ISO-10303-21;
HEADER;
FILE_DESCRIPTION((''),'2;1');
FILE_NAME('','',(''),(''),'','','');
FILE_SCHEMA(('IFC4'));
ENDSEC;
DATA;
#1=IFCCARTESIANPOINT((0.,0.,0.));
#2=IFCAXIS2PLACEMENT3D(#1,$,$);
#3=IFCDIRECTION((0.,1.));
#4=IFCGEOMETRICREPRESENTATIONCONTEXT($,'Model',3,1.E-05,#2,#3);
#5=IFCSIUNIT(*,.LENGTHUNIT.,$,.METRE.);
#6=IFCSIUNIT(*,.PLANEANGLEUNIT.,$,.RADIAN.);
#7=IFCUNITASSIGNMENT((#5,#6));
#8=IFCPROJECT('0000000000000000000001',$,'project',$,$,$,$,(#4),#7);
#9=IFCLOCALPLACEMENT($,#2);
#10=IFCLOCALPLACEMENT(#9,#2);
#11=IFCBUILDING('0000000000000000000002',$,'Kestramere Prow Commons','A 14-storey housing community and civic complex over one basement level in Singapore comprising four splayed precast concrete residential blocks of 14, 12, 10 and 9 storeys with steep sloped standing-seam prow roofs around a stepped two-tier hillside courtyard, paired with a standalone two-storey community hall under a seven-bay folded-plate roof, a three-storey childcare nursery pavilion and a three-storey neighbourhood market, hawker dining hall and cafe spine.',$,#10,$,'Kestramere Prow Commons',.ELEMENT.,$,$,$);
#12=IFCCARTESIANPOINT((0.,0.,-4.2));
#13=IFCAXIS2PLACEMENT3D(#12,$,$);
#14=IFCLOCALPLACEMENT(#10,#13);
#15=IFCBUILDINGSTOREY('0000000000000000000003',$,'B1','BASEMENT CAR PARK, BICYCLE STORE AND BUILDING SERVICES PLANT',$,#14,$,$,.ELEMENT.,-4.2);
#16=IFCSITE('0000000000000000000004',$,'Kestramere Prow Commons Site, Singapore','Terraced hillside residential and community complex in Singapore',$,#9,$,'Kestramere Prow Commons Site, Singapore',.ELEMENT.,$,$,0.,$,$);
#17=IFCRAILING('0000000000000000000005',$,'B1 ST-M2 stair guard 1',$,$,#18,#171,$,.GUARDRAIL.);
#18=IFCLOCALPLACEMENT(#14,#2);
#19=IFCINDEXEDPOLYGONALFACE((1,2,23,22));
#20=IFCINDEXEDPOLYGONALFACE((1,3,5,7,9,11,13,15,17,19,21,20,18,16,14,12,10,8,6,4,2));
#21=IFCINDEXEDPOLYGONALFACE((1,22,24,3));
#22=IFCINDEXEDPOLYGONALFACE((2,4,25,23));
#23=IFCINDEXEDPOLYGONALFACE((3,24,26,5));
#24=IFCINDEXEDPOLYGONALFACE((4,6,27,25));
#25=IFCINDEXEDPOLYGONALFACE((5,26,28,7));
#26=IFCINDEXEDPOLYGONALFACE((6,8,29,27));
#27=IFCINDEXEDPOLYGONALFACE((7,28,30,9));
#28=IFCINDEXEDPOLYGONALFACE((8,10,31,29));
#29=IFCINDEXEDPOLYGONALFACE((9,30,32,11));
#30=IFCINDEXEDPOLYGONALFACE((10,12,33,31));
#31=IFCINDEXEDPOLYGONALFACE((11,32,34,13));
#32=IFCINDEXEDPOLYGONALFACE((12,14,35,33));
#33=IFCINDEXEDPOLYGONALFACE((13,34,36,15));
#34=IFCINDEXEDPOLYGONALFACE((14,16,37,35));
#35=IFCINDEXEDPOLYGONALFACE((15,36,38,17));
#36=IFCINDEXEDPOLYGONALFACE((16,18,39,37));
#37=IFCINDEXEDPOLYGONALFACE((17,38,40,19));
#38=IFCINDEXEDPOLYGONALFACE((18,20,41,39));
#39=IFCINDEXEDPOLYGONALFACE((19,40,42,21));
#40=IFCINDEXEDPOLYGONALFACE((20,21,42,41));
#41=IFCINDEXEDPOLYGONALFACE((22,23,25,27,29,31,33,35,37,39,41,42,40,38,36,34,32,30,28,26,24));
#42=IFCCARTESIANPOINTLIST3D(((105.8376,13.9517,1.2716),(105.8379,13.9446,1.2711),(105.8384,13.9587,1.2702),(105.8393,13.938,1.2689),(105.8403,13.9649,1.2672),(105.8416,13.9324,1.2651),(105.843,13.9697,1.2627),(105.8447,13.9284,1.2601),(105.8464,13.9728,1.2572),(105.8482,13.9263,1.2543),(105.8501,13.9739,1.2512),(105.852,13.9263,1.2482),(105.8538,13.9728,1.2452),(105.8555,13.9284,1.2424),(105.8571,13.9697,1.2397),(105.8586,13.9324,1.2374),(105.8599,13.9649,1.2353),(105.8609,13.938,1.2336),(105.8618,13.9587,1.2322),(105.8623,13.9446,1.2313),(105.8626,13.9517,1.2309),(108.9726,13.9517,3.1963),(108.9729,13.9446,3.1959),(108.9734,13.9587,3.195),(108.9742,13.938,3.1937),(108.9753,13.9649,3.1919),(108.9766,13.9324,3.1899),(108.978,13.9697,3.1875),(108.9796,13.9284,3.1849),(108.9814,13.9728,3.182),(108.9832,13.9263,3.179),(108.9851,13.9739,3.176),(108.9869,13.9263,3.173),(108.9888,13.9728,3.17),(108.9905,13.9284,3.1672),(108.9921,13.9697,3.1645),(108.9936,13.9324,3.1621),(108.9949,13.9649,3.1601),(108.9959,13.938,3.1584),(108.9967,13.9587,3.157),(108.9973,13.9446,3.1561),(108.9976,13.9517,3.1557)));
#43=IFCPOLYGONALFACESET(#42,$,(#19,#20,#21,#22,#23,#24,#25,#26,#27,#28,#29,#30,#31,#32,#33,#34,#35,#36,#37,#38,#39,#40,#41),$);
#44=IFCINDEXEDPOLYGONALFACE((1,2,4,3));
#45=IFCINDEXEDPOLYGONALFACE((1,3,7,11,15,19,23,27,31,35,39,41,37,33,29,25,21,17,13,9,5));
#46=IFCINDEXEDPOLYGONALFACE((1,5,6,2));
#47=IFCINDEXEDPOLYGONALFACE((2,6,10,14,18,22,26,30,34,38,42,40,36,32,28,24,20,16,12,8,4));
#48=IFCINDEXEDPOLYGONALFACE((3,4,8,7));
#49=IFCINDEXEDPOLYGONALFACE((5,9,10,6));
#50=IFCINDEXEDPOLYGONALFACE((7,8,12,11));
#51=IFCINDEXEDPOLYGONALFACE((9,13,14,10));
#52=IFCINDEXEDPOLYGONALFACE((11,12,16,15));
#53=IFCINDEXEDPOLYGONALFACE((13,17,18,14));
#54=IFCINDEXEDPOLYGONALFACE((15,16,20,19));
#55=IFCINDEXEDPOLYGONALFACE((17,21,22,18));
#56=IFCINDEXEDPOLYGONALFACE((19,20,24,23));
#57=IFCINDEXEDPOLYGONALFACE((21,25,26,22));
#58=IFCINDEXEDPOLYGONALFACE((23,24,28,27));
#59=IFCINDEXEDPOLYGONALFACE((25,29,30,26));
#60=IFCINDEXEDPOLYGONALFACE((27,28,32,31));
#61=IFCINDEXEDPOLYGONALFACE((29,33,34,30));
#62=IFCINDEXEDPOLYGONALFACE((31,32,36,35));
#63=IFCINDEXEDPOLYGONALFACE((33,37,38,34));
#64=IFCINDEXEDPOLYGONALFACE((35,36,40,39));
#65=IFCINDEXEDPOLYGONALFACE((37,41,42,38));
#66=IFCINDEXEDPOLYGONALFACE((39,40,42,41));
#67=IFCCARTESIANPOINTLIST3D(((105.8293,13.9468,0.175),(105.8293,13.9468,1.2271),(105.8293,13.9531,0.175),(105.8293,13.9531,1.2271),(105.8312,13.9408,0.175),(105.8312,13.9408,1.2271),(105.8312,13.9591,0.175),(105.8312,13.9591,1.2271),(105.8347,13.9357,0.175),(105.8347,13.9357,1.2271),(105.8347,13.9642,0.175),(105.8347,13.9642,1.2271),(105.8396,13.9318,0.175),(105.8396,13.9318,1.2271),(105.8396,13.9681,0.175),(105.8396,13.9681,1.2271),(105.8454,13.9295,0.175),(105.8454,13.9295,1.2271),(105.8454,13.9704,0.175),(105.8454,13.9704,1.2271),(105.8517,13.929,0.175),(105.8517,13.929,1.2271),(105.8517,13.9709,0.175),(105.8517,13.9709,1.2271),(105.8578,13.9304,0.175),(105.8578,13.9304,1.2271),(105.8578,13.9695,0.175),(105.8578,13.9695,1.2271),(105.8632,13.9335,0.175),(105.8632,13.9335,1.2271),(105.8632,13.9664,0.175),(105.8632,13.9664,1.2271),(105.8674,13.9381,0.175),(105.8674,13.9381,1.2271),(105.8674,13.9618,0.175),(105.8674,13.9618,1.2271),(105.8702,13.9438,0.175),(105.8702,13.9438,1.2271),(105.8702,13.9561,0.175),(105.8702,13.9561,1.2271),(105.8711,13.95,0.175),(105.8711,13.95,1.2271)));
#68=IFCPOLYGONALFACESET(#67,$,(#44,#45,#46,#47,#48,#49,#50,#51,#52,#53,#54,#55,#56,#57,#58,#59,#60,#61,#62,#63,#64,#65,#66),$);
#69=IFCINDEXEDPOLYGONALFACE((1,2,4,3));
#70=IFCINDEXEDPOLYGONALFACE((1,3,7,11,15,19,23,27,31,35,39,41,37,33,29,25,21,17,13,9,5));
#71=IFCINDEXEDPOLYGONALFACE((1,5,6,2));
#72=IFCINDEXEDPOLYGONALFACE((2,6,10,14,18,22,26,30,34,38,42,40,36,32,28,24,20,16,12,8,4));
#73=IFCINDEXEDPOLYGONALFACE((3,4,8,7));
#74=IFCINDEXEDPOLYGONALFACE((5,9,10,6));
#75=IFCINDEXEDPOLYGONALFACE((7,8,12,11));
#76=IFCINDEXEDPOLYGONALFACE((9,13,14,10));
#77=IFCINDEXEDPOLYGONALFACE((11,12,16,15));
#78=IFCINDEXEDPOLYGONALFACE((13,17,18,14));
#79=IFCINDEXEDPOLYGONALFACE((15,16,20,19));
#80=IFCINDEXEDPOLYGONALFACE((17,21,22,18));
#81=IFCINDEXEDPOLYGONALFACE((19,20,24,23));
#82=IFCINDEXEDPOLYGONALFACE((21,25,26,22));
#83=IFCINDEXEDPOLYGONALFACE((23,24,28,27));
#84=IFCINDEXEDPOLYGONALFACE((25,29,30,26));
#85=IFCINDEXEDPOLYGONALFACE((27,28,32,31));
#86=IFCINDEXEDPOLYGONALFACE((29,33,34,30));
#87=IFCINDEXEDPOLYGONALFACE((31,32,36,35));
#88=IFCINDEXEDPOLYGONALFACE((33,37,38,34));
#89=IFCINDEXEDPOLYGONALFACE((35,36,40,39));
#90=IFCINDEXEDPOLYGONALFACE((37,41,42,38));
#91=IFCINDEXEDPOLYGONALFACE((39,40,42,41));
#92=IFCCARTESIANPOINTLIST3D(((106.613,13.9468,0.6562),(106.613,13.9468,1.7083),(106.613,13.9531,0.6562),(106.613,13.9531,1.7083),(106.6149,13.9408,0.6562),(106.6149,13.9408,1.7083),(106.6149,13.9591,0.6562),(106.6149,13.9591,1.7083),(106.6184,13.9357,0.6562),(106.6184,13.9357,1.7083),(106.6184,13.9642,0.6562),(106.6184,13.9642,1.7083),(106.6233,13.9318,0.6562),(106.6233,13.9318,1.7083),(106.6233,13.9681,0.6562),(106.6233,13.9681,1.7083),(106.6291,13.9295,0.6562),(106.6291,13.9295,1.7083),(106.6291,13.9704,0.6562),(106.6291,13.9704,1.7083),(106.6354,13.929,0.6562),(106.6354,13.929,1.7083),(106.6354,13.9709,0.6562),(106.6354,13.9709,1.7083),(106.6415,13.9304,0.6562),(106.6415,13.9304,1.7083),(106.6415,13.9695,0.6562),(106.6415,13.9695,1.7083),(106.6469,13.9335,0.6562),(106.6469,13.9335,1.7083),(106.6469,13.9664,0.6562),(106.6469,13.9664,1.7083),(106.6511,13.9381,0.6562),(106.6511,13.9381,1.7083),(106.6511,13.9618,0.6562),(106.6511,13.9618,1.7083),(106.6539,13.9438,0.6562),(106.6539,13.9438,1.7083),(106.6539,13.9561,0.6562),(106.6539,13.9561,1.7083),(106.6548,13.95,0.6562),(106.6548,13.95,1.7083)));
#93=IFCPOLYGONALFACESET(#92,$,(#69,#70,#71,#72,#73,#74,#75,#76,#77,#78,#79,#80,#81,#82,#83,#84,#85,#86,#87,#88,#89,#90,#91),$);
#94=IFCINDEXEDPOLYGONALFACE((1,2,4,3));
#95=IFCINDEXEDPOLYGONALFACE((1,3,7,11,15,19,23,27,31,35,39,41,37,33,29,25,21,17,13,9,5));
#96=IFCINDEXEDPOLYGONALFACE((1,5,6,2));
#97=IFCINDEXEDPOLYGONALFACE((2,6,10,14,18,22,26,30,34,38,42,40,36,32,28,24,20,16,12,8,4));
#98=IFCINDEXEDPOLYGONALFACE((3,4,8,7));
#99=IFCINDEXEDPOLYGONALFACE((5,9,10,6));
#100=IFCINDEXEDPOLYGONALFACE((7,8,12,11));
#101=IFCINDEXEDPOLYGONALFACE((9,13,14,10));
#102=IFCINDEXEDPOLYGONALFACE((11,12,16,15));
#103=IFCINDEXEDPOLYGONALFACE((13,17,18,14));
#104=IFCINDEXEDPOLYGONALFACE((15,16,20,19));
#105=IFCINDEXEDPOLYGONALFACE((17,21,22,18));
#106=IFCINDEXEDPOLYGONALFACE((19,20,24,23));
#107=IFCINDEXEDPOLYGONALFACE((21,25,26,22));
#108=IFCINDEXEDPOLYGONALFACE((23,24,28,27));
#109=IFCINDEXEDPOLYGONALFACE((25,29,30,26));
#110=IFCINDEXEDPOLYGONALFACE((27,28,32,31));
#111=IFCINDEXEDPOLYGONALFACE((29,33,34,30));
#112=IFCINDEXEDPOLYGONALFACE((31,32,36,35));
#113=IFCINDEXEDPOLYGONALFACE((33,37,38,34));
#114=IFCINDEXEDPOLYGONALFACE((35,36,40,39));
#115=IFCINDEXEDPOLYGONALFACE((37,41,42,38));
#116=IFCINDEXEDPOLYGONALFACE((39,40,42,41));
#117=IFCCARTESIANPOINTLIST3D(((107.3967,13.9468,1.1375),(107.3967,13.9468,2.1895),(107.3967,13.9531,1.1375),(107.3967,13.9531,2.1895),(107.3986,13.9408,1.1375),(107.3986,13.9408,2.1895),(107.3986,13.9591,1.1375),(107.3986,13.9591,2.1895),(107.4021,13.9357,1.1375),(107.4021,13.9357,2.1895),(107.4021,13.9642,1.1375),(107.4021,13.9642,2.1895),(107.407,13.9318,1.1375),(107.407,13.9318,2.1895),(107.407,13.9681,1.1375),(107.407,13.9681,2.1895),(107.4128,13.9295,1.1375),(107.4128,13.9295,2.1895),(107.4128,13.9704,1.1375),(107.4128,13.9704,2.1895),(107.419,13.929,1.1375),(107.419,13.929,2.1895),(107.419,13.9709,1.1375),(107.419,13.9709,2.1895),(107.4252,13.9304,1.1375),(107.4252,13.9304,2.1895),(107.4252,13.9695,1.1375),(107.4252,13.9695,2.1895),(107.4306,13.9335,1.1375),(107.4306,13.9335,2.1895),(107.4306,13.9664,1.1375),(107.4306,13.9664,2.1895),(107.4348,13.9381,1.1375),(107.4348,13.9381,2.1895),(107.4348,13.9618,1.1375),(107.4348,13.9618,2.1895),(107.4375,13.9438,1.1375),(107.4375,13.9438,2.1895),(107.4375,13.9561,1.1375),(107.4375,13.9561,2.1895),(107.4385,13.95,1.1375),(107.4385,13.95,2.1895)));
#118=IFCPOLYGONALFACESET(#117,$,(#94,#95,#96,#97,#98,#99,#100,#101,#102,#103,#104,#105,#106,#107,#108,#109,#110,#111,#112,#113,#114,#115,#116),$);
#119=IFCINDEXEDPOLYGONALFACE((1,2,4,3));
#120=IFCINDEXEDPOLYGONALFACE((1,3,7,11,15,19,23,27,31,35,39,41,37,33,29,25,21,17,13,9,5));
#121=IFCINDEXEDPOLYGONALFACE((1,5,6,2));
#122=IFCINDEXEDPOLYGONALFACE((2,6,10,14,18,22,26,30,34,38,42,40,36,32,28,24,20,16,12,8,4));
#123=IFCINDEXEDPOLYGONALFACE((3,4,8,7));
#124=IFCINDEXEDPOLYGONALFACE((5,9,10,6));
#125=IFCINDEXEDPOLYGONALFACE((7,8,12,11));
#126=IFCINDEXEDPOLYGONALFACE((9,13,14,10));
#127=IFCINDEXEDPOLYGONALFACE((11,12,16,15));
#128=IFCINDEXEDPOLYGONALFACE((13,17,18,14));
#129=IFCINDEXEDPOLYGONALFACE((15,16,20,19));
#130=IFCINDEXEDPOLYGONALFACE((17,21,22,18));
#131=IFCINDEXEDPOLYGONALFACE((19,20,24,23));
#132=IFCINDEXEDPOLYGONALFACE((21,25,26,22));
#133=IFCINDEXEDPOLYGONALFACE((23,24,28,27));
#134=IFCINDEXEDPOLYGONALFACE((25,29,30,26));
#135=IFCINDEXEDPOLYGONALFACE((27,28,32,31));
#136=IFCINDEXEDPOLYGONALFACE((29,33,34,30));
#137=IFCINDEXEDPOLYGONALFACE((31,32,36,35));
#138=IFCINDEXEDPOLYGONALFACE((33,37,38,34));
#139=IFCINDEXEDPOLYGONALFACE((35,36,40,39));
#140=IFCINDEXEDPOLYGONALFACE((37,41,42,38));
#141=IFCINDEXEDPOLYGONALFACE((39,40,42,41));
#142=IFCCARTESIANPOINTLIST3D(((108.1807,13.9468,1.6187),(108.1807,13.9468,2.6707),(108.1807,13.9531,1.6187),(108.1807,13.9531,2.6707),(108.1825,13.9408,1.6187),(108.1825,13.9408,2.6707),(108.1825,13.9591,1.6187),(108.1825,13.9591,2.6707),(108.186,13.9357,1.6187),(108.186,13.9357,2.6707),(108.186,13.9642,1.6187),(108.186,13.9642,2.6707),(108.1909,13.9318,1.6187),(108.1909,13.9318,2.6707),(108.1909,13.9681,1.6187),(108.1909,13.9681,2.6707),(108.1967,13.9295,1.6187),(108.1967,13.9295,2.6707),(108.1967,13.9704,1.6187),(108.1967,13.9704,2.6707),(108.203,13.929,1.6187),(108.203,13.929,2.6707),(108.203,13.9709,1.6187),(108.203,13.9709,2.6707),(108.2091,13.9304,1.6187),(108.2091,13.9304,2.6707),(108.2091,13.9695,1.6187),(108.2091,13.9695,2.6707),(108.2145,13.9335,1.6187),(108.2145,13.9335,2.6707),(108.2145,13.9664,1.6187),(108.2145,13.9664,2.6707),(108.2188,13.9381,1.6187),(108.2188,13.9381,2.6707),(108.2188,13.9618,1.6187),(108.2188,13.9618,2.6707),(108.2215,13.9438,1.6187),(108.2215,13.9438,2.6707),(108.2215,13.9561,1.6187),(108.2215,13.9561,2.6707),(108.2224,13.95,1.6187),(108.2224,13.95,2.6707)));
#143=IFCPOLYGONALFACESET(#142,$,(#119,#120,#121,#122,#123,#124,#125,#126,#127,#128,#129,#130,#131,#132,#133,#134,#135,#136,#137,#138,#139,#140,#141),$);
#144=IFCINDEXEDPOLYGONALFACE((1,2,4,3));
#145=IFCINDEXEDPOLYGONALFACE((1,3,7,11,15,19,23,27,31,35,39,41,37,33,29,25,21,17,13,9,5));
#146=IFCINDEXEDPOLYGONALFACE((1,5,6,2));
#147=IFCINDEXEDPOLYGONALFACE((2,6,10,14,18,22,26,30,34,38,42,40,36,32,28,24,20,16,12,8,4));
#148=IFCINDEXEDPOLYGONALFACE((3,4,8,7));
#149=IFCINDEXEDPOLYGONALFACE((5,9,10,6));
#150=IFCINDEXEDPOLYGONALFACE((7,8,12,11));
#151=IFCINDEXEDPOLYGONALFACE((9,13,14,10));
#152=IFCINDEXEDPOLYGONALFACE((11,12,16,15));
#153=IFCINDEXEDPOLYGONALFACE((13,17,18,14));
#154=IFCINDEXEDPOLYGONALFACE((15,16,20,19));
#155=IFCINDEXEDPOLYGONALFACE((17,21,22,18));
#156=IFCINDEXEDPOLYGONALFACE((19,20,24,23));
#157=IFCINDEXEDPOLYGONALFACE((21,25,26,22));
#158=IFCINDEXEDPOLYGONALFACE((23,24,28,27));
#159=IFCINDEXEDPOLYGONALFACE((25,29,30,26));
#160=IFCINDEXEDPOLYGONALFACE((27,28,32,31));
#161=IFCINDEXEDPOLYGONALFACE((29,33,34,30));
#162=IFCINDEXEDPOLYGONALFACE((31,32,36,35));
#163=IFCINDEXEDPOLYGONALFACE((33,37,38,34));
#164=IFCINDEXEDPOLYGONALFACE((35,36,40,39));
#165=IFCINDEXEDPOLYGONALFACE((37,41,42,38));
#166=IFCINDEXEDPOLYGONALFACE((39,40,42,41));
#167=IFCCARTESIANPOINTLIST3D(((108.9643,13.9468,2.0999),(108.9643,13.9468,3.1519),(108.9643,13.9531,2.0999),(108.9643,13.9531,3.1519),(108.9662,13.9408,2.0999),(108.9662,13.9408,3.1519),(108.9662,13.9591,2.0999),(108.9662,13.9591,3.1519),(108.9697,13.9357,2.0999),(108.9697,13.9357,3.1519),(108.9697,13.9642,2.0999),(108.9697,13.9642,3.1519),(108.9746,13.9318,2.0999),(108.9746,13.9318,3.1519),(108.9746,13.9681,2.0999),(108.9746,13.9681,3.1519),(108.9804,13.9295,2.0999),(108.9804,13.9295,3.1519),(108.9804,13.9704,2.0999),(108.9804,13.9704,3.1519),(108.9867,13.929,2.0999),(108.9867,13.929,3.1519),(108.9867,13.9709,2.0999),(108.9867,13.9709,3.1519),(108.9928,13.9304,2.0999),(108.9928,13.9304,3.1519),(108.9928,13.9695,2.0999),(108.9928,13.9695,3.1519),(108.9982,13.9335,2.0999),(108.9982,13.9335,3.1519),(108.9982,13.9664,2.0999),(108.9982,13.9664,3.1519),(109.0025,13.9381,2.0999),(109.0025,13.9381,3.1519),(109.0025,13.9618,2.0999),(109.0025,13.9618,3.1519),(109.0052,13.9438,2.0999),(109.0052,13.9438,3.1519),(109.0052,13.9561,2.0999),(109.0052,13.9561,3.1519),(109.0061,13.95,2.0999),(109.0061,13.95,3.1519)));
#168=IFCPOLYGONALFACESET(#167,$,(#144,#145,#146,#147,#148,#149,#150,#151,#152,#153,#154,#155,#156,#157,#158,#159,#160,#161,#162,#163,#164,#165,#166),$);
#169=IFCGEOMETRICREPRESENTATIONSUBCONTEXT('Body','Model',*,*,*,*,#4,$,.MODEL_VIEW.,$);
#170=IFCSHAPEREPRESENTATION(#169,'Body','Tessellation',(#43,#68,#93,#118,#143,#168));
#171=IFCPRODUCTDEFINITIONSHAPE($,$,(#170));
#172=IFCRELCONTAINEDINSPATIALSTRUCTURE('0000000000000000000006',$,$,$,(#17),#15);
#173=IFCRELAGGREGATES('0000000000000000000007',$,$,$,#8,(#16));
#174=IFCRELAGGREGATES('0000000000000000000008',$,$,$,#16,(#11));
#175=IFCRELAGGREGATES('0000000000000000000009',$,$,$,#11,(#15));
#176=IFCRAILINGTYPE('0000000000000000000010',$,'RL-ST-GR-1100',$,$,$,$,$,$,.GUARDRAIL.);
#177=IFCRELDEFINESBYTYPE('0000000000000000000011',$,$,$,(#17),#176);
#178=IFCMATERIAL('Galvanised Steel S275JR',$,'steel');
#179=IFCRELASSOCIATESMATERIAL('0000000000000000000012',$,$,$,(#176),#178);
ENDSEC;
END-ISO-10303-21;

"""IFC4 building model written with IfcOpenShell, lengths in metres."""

from ifc_helpers import new_model, si_unit, direction, frame, origin, origin_2d, place, context, subcontext, project, spatial, circle, extrude, material, type_object, element, save


model = new_model("IFC4")

# Units and contexts
model_context = context("Model", 3, precision=1e-05, world=origin(), true_north=direction((0.0, 1.0)))
body_context = subcontext(model_context, "Body", "Model", "MODEL_VIEW")
ifc_project = project(units=[si_unit("LENGTHUNIT", "METRE"), si_unit("PLANEANGLEUNIT", "RADIAN")], contexts=[model_context])

# Site, building, storey
site_placement = place(None, origin())
site = spatial("IfcSite", under=ifc_project, at=site_placement, Name="Kestramere Prow Commons Site, Singapore", Description="Terraced hillside residential and community complex in Singapore", LongName="Kestramere Prow Commons Site, Singapore", CompositionType="ELEMENT", RefElevation=0.0)
building_placement = place(site_placement, origin())
building = spatial("IfcBuilding", under=site, at=building_placement, Name="Kestramere Prow Commons", Description="A 14-storey housing community and civic complex over one basement level in Singapore comprising four splayed precast concrete residential blocks of 14, 12, 10 and 9 storeys with steep sloped standing-seam prow roofs around a stepped two-tier hillside courtyard, paired with a standalone two-storey community hall under a seven-bay folded-plate roof, a three-storey childcare nursery pavilion and a three-storey neighbourhood market, hawker dining hall and cafe spine.", LongName="Kestramere Prow Commons", CompositionType="ELEMENT")
storey_placement = place(building_placement, frame((0.0, 0.0, -4.2)))
storey = spatial("IfcBuildingStorey", under=building, at=storey_placement, Name="B1", Description="BASEMENT CAR PARK, BICYCLE STORE AND BUILDING SERVICES PLANT", CompositionType="ELEMENT", Elevation=-4.2)

# Railing
ifc_material_1 = material(Name="Galvanised Steel S275JR", Category="steel")
railing_type_1 = type_object("IfcRailingType", Name="RL-ST-GR-1100", PredefinedType="GUARDRAIL", material=ifc_material_1)
railing_1_placement = place(storey_placement, frame((105.8501, 13.95, 0.175)))
element("IfcRailing", 1, at=railing_1_placement, inside=storey, type_object=railing_type_1, Name="B1 ST-M2 stair guard 1", PredefinedType="GUARDRAIL", context=body_context, shape_type="SweptSolid", body=[
    extrude(circle(Radius=0.0239, at=origin_2d()), frame((0.0, 0.0, 1.0762), z_axis=(0.852196, 0.0, 0.523223), x_axis=(0.0, 1.0, 0.0)), (0.0, 0.0, 1.0), 3.6787),
    extrude(circle(Radius=0.021, at=origin_2d()), origin(), (0.0, 0.0, 1.0), 1.052),
    extrude(circle(Radius=0.021, at=origin_2d()), frame((0.7837, 0.0, 0.4812)), (0.0, 0.0, 1.0), 1.052),
    extrude(circle(Radius=0.021, at=origin_2d()), frame((1.5674, 0.0, 0.9624)), (0.0, 0.0, 1.0), 1.052),
    extrude(circle(Radius=0.021, at=origin_2d()), frame((2.3513, 0.0, 1.4436)), (0.0, 0.0, 1.0), 1.052),
    extrude(circle(Radius=0.021, at=origin_2d()), frame((3.135, 0.0, 1.9248)), (0.0, 0.0, 1.0), 1.052),
])

save(model, "model.ifc")
